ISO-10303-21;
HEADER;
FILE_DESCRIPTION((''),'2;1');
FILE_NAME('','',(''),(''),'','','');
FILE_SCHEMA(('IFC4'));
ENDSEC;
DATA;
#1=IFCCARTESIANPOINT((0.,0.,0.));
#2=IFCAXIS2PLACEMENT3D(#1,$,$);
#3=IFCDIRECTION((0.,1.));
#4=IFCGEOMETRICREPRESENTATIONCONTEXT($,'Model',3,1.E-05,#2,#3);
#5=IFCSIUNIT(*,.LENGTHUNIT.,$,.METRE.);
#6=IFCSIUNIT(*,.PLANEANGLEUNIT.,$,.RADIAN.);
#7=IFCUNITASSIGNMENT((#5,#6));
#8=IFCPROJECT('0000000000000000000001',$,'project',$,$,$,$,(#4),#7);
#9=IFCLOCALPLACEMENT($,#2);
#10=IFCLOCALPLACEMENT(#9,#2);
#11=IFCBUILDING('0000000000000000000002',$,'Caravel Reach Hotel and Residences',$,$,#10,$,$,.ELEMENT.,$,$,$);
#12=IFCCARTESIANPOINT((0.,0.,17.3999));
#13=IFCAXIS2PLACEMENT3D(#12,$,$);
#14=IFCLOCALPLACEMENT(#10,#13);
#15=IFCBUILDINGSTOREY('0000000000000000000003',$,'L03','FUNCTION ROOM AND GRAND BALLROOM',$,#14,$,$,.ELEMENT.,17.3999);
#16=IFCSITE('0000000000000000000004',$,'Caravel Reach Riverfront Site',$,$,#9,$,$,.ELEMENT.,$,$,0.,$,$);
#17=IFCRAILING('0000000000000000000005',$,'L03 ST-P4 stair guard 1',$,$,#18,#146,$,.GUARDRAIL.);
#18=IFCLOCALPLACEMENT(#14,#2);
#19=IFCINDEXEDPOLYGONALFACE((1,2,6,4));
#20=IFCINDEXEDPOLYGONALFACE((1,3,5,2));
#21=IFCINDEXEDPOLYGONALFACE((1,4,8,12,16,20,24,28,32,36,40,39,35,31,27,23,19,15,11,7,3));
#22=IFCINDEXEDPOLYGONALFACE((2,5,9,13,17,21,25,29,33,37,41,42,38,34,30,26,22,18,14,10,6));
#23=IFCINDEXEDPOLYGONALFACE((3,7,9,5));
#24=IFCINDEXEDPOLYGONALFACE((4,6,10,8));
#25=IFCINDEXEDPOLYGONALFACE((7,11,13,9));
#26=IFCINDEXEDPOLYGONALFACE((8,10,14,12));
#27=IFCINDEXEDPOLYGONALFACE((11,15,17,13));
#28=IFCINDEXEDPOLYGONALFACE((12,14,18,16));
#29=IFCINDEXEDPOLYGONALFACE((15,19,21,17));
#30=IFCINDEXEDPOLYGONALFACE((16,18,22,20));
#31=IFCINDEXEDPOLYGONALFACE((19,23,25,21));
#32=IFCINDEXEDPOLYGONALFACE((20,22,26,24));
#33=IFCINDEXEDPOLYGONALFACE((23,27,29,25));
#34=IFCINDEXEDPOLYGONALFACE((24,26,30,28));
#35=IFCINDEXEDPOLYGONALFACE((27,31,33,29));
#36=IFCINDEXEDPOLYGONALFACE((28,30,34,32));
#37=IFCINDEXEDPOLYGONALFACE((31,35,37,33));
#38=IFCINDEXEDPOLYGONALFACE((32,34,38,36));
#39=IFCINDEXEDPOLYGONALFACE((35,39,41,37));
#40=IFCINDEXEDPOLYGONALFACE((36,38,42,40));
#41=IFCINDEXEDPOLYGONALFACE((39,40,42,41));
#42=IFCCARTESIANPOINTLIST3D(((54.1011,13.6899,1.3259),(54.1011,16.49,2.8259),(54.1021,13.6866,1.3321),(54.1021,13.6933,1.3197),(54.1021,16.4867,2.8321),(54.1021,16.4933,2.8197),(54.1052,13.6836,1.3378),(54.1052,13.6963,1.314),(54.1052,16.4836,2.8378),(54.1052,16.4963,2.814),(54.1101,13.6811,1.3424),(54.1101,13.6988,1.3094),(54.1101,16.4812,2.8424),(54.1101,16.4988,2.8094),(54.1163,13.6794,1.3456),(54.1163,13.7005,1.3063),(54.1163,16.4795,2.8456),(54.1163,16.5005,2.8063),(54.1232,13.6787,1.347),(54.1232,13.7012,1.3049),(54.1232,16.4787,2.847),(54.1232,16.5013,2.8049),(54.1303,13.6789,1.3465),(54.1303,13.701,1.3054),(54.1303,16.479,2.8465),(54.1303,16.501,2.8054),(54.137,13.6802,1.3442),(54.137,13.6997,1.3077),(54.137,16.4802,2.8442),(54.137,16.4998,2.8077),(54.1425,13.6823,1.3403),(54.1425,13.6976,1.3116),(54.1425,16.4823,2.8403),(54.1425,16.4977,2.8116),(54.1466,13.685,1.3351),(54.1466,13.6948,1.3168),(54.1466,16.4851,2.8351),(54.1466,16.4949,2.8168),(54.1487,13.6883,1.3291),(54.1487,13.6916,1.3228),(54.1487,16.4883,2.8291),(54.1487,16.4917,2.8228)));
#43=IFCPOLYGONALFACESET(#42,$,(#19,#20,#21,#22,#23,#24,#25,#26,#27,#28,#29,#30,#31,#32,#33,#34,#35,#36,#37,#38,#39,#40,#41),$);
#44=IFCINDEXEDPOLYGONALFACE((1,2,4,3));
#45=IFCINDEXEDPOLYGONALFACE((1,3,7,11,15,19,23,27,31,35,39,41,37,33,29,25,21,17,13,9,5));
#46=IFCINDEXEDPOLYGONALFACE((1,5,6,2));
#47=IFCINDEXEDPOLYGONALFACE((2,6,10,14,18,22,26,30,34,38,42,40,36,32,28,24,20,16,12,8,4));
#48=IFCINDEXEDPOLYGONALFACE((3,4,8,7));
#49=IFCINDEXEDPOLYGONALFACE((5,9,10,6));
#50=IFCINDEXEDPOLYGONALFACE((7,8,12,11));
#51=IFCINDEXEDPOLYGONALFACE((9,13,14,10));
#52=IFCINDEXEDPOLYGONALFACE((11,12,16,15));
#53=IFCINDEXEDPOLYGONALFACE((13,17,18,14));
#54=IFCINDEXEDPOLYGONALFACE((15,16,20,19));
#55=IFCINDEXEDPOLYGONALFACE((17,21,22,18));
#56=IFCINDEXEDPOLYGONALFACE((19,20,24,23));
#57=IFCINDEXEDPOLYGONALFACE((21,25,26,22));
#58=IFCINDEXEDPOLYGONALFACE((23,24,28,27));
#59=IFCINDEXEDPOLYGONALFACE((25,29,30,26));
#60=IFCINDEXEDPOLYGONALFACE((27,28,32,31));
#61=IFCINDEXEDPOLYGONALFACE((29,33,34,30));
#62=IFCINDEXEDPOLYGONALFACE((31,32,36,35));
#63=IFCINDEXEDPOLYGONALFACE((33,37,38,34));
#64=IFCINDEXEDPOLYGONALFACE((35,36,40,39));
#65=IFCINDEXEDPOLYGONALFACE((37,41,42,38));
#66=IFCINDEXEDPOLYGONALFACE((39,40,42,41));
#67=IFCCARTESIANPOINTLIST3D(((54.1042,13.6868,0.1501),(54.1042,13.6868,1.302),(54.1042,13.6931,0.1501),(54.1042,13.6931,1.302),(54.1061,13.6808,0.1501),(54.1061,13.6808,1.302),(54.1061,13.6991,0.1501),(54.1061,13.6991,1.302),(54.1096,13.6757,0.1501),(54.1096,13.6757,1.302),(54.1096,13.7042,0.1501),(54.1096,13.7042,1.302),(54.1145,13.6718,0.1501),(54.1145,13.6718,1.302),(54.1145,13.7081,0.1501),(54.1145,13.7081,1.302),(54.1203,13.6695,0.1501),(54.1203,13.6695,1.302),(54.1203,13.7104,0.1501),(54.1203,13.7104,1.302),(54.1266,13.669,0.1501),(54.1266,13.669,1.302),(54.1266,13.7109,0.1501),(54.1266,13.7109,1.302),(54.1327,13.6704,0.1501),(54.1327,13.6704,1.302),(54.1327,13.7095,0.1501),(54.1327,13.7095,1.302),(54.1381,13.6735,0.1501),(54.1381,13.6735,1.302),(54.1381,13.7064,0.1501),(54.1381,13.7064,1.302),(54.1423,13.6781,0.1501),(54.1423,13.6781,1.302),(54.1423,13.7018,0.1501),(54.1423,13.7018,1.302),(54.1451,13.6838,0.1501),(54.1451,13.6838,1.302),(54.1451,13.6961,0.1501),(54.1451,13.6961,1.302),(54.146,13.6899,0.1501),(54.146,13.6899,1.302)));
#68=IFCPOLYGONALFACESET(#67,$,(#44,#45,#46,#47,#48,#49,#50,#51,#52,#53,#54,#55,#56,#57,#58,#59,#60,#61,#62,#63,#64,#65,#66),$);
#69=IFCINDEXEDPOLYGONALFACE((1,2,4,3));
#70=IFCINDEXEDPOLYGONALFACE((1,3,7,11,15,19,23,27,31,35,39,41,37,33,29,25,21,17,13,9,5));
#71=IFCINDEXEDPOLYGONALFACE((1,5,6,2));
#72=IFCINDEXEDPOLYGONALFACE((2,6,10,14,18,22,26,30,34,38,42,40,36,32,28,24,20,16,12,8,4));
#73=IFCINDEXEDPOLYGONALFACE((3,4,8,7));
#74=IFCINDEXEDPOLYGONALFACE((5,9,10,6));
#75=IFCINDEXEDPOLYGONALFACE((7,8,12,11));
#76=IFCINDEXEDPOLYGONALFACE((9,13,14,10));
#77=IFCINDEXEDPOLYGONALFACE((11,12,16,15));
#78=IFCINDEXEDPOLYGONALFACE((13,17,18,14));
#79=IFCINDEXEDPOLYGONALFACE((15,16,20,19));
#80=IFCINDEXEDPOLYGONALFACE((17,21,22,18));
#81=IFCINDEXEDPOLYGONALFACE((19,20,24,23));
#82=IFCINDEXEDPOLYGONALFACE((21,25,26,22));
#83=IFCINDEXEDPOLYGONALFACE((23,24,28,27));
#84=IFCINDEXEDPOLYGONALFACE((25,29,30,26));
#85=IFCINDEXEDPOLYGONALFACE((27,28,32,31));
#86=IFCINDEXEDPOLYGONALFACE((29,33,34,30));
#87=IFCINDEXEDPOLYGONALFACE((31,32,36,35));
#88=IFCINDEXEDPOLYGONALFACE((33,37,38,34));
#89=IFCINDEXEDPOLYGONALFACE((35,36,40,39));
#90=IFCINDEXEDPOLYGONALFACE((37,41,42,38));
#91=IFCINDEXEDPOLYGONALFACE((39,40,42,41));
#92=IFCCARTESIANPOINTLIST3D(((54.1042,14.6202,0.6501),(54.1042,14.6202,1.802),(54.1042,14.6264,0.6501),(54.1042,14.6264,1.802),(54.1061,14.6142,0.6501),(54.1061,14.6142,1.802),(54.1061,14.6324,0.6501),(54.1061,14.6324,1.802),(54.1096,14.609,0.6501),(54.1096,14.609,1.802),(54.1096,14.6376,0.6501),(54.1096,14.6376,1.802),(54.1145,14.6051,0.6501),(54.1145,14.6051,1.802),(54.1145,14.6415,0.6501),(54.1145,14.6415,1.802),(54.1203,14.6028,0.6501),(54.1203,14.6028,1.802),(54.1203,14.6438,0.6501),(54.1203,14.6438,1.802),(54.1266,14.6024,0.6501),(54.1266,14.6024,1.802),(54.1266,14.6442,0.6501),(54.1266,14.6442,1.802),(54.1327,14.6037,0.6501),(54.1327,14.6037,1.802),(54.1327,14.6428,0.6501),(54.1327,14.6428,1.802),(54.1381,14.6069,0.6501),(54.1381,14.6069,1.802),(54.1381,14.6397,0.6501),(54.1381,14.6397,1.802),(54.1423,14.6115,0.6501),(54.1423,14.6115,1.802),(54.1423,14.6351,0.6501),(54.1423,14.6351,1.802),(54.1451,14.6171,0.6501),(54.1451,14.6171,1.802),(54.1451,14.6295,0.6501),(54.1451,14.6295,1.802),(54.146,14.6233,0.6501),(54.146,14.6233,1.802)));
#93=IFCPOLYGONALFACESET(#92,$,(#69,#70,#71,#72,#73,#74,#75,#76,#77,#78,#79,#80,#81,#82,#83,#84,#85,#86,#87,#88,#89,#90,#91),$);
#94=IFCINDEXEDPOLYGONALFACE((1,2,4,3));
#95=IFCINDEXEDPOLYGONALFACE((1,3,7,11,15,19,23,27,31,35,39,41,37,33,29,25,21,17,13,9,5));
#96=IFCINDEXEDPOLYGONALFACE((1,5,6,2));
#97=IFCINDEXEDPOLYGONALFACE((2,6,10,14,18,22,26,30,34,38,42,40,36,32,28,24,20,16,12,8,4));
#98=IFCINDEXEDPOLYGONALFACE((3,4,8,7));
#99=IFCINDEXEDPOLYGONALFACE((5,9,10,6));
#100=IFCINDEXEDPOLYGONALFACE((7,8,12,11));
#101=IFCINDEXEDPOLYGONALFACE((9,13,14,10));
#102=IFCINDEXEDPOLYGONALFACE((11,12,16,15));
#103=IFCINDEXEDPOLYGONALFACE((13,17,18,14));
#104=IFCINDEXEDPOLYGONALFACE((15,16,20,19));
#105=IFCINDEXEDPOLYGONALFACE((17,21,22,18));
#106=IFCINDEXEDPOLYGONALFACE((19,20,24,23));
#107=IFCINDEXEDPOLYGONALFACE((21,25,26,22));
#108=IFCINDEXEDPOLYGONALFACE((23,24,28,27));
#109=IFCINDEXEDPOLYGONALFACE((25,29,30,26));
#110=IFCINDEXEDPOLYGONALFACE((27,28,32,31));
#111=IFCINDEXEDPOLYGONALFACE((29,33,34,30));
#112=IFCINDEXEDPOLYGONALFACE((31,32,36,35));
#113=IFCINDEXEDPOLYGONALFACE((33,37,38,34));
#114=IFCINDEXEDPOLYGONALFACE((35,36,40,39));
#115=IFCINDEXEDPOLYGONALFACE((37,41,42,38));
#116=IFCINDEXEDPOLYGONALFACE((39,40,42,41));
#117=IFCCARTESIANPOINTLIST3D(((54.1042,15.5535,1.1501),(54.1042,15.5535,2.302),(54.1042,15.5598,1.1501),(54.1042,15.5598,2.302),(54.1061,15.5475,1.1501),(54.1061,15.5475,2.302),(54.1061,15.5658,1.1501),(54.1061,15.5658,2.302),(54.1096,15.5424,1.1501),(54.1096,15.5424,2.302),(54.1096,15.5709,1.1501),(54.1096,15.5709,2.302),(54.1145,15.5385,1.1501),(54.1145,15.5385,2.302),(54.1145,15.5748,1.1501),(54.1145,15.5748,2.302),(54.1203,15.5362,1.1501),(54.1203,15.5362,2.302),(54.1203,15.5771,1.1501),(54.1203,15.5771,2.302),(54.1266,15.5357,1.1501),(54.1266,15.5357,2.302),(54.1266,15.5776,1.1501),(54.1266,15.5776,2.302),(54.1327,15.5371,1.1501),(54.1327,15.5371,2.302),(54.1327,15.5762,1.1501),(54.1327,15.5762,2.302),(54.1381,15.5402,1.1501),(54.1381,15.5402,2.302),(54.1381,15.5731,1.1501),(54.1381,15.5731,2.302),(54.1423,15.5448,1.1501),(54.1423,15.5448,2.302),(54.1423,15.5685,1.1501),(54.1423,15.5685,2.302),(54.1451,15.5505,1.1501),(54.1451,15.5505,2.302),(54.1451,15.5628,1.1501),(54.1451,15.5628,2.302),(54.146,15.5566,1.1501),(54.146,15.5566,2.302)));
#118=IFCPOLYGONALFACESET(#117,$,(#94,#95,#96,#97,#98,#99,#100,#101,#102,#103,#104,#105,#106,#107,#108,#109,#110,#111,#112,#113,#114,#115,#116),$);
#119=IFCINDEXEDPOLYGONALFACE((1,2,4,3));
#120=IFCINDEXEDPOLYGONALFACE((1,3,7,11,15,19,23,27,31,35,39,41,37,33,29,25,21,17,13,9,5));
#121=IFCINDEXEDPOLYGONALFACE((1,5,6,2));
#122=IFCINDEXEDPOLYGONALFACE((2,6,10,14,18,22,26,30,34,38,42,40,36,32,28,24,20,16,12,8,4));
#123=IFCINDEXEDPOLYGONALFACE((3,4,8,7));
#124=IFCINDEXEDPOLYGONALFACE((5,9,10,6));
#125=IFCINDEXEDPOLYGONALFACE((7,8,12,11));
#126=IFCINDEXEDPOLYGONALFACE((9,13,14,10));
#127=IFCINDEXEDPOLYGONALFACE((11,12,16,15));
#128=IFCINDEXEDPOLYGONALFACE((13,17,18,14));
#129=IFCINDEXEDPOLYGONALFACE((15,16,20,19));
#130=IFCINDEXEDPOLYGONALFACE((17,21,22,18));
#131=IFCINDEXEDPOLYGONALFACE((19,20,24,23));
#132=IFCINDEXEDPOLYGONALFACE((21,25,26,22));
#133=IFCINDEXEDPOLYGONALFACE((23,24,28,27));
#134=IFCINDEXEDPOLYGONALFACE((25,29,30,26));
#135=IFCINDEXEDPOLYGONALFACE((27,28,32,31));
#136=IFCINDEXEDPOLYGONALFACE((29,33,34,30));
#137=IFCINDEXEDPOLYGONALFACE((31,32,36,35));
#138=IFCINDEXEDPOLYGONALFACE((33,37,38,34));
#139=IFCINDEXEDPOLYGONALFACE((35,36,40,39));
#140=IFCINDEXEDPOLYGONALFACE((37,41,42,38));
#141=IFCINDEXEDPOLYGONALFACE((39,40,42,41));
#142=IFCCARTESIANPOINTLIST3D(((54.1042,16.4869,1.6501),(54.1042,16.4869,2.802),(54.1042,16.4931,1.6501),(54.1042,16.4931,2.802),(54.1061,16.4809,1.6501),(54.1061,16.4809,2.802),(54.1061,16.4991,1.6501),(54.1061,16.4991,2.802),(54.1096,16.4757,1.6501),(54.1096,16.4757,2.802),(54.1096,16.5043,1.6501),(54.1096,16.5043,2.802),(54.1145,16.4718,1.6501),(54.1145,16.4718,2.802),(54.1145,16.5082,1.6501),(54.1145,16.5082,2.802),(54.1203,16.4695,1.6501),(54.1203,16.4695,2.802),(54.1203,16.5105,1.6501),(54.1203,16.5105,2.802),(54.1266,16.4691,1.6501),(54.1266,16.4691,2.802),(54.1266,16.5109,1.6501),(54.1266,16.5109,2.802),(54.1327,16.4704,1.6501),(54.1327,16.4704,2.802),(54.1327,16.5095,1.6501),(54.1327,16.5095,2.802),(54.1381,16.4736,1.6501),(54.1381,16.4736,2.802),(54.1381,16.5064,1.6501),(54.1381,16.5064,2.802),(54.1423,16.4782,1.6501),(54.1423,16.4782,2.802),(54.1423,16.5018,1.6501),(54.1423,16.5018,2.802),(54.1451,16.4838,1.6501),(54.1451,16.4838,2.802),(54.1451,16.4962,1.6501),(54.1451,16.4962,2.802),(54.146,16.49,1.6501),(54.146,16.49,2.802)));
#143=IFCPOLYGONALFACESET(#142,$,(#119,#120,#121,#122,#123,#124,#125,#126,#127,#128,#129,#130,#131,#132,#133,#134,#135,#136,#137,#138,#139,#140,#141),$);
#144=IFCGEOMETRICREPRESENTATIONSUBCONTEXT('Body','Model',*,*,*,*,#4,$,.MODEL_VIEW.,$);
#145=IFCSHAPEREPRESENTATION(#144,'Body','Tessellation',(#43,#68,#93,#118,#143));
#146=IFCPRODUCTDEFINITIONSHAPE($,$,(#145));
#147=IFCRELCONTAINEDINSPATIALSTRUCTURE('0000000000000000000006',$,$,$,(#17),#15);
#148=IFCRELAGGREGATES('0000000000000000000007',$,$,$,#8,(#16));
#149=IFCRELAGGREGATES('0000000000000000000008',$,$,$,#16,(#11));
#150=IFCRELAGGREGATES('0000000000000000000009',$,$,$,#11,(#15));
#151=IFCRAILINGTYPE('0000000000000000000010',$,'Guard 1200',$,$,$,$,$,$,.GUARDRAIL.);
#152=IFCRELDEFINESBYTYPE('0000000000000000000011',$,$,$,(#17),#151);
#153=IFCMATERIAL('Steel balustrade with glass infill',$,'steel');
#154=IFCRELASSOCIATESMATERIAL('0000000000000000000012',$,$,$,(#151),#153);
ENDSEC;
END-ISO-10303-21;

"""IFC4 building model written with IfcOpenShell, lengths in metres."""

from ifc_helpers import new_model, si_unit, direction, frame, origin, origin_2d, place, context, subcontext, project, spatial, circle, extrude, material, type_object, element, save


model = new_model("IFC4")

# Units and contexts
model_context = context("Model", 3, precision=1e-05, world=origin(), true_north=direction((0.0, 1.0)))
body_context = subcontext(model_context, "Body", "Model", "MODEL_VIEW")
ifc_project = project(units=[si_unit("LENGTHUNIT", "METRE"), si_unit("PLANEANGLEUNIT", "RADIAN")], contexts=[model_context])

# Site, building, storey
site_placement = place(None, origin())
site = spatial("IfcSite", under=ifc_project, at=site_placement, Name="Caravel Reach Riverfront Site", CompositionType="ELEMENT", RefElevation=0.0)
building_placement = place(site_placement, origin())
building = spatial("IfcBuilding", under=site, at=building_placement, Name="Caravel Reach Hotel and Residences", CompositionType="ELEMENT")
storey_placement = place(building_placement, frame((0.0, 0.0, 17.3999)))
storey = spatial("IfcBuildingStorey", under=building, at=storey_placement, Name="L03", Description="FUNCTION ROOM AND GRAND BALLROOM", CompositionType="ELEMENT", Elevation=17.3999)

# Railing
ifc_material_1 = material(Name="Steel balustrade with glass infill", Category="steel")
railing_type_1 = type_object("IfcRailingType", Name="Guard 1200", PredefinedType="GUARDRAIL", material=ifc_material_1)
railing_1_placement = place(storey_placement, frame((54.125, 13.6899, 0.1501)))
element("IfcRailing", 1, at=railing_1_placement, inside=storey, type_object=railing_type_1, Name="L03 ST-P4 stair guard 1", PredefinedType="GUARDRAIL", context=body_context, shape_type="SweptSolid", body=[
    extrude(circle(Radius=0.0239, at=origin_2d()), frame((0.0, 0.0, 1.1758), z_axis=(0.0, 0.881483, 0.472215), x_axis=(-1.0, 0.0, 0.0)), (0.0, 0.0, 1.0), 3.1765),
    extrude(circle(Radius=0.021, at=origin_2d()), origin(), (0.0, 0.0, 1.0), 1.1519),
    extrude(circle(Radius=0.021, at=origin_2d()), frame((0.0, 0.9333, 0.5)), (0.0, 0.0, 1.0), 1.1519),
    extrude(circle(Radius=0.021, at=origin_2d()), frame((0.0, 1.8667, 1.0)), (0.0, 0.0, 1.0), 1.1519),
    extrude(circle(Radius=0.021, at=origin_2d()), frame((0.0, 2.8, 1.5)), (0.0, 0.0, 1.0), 1.1519),
])

save(model, "model.ifc")
